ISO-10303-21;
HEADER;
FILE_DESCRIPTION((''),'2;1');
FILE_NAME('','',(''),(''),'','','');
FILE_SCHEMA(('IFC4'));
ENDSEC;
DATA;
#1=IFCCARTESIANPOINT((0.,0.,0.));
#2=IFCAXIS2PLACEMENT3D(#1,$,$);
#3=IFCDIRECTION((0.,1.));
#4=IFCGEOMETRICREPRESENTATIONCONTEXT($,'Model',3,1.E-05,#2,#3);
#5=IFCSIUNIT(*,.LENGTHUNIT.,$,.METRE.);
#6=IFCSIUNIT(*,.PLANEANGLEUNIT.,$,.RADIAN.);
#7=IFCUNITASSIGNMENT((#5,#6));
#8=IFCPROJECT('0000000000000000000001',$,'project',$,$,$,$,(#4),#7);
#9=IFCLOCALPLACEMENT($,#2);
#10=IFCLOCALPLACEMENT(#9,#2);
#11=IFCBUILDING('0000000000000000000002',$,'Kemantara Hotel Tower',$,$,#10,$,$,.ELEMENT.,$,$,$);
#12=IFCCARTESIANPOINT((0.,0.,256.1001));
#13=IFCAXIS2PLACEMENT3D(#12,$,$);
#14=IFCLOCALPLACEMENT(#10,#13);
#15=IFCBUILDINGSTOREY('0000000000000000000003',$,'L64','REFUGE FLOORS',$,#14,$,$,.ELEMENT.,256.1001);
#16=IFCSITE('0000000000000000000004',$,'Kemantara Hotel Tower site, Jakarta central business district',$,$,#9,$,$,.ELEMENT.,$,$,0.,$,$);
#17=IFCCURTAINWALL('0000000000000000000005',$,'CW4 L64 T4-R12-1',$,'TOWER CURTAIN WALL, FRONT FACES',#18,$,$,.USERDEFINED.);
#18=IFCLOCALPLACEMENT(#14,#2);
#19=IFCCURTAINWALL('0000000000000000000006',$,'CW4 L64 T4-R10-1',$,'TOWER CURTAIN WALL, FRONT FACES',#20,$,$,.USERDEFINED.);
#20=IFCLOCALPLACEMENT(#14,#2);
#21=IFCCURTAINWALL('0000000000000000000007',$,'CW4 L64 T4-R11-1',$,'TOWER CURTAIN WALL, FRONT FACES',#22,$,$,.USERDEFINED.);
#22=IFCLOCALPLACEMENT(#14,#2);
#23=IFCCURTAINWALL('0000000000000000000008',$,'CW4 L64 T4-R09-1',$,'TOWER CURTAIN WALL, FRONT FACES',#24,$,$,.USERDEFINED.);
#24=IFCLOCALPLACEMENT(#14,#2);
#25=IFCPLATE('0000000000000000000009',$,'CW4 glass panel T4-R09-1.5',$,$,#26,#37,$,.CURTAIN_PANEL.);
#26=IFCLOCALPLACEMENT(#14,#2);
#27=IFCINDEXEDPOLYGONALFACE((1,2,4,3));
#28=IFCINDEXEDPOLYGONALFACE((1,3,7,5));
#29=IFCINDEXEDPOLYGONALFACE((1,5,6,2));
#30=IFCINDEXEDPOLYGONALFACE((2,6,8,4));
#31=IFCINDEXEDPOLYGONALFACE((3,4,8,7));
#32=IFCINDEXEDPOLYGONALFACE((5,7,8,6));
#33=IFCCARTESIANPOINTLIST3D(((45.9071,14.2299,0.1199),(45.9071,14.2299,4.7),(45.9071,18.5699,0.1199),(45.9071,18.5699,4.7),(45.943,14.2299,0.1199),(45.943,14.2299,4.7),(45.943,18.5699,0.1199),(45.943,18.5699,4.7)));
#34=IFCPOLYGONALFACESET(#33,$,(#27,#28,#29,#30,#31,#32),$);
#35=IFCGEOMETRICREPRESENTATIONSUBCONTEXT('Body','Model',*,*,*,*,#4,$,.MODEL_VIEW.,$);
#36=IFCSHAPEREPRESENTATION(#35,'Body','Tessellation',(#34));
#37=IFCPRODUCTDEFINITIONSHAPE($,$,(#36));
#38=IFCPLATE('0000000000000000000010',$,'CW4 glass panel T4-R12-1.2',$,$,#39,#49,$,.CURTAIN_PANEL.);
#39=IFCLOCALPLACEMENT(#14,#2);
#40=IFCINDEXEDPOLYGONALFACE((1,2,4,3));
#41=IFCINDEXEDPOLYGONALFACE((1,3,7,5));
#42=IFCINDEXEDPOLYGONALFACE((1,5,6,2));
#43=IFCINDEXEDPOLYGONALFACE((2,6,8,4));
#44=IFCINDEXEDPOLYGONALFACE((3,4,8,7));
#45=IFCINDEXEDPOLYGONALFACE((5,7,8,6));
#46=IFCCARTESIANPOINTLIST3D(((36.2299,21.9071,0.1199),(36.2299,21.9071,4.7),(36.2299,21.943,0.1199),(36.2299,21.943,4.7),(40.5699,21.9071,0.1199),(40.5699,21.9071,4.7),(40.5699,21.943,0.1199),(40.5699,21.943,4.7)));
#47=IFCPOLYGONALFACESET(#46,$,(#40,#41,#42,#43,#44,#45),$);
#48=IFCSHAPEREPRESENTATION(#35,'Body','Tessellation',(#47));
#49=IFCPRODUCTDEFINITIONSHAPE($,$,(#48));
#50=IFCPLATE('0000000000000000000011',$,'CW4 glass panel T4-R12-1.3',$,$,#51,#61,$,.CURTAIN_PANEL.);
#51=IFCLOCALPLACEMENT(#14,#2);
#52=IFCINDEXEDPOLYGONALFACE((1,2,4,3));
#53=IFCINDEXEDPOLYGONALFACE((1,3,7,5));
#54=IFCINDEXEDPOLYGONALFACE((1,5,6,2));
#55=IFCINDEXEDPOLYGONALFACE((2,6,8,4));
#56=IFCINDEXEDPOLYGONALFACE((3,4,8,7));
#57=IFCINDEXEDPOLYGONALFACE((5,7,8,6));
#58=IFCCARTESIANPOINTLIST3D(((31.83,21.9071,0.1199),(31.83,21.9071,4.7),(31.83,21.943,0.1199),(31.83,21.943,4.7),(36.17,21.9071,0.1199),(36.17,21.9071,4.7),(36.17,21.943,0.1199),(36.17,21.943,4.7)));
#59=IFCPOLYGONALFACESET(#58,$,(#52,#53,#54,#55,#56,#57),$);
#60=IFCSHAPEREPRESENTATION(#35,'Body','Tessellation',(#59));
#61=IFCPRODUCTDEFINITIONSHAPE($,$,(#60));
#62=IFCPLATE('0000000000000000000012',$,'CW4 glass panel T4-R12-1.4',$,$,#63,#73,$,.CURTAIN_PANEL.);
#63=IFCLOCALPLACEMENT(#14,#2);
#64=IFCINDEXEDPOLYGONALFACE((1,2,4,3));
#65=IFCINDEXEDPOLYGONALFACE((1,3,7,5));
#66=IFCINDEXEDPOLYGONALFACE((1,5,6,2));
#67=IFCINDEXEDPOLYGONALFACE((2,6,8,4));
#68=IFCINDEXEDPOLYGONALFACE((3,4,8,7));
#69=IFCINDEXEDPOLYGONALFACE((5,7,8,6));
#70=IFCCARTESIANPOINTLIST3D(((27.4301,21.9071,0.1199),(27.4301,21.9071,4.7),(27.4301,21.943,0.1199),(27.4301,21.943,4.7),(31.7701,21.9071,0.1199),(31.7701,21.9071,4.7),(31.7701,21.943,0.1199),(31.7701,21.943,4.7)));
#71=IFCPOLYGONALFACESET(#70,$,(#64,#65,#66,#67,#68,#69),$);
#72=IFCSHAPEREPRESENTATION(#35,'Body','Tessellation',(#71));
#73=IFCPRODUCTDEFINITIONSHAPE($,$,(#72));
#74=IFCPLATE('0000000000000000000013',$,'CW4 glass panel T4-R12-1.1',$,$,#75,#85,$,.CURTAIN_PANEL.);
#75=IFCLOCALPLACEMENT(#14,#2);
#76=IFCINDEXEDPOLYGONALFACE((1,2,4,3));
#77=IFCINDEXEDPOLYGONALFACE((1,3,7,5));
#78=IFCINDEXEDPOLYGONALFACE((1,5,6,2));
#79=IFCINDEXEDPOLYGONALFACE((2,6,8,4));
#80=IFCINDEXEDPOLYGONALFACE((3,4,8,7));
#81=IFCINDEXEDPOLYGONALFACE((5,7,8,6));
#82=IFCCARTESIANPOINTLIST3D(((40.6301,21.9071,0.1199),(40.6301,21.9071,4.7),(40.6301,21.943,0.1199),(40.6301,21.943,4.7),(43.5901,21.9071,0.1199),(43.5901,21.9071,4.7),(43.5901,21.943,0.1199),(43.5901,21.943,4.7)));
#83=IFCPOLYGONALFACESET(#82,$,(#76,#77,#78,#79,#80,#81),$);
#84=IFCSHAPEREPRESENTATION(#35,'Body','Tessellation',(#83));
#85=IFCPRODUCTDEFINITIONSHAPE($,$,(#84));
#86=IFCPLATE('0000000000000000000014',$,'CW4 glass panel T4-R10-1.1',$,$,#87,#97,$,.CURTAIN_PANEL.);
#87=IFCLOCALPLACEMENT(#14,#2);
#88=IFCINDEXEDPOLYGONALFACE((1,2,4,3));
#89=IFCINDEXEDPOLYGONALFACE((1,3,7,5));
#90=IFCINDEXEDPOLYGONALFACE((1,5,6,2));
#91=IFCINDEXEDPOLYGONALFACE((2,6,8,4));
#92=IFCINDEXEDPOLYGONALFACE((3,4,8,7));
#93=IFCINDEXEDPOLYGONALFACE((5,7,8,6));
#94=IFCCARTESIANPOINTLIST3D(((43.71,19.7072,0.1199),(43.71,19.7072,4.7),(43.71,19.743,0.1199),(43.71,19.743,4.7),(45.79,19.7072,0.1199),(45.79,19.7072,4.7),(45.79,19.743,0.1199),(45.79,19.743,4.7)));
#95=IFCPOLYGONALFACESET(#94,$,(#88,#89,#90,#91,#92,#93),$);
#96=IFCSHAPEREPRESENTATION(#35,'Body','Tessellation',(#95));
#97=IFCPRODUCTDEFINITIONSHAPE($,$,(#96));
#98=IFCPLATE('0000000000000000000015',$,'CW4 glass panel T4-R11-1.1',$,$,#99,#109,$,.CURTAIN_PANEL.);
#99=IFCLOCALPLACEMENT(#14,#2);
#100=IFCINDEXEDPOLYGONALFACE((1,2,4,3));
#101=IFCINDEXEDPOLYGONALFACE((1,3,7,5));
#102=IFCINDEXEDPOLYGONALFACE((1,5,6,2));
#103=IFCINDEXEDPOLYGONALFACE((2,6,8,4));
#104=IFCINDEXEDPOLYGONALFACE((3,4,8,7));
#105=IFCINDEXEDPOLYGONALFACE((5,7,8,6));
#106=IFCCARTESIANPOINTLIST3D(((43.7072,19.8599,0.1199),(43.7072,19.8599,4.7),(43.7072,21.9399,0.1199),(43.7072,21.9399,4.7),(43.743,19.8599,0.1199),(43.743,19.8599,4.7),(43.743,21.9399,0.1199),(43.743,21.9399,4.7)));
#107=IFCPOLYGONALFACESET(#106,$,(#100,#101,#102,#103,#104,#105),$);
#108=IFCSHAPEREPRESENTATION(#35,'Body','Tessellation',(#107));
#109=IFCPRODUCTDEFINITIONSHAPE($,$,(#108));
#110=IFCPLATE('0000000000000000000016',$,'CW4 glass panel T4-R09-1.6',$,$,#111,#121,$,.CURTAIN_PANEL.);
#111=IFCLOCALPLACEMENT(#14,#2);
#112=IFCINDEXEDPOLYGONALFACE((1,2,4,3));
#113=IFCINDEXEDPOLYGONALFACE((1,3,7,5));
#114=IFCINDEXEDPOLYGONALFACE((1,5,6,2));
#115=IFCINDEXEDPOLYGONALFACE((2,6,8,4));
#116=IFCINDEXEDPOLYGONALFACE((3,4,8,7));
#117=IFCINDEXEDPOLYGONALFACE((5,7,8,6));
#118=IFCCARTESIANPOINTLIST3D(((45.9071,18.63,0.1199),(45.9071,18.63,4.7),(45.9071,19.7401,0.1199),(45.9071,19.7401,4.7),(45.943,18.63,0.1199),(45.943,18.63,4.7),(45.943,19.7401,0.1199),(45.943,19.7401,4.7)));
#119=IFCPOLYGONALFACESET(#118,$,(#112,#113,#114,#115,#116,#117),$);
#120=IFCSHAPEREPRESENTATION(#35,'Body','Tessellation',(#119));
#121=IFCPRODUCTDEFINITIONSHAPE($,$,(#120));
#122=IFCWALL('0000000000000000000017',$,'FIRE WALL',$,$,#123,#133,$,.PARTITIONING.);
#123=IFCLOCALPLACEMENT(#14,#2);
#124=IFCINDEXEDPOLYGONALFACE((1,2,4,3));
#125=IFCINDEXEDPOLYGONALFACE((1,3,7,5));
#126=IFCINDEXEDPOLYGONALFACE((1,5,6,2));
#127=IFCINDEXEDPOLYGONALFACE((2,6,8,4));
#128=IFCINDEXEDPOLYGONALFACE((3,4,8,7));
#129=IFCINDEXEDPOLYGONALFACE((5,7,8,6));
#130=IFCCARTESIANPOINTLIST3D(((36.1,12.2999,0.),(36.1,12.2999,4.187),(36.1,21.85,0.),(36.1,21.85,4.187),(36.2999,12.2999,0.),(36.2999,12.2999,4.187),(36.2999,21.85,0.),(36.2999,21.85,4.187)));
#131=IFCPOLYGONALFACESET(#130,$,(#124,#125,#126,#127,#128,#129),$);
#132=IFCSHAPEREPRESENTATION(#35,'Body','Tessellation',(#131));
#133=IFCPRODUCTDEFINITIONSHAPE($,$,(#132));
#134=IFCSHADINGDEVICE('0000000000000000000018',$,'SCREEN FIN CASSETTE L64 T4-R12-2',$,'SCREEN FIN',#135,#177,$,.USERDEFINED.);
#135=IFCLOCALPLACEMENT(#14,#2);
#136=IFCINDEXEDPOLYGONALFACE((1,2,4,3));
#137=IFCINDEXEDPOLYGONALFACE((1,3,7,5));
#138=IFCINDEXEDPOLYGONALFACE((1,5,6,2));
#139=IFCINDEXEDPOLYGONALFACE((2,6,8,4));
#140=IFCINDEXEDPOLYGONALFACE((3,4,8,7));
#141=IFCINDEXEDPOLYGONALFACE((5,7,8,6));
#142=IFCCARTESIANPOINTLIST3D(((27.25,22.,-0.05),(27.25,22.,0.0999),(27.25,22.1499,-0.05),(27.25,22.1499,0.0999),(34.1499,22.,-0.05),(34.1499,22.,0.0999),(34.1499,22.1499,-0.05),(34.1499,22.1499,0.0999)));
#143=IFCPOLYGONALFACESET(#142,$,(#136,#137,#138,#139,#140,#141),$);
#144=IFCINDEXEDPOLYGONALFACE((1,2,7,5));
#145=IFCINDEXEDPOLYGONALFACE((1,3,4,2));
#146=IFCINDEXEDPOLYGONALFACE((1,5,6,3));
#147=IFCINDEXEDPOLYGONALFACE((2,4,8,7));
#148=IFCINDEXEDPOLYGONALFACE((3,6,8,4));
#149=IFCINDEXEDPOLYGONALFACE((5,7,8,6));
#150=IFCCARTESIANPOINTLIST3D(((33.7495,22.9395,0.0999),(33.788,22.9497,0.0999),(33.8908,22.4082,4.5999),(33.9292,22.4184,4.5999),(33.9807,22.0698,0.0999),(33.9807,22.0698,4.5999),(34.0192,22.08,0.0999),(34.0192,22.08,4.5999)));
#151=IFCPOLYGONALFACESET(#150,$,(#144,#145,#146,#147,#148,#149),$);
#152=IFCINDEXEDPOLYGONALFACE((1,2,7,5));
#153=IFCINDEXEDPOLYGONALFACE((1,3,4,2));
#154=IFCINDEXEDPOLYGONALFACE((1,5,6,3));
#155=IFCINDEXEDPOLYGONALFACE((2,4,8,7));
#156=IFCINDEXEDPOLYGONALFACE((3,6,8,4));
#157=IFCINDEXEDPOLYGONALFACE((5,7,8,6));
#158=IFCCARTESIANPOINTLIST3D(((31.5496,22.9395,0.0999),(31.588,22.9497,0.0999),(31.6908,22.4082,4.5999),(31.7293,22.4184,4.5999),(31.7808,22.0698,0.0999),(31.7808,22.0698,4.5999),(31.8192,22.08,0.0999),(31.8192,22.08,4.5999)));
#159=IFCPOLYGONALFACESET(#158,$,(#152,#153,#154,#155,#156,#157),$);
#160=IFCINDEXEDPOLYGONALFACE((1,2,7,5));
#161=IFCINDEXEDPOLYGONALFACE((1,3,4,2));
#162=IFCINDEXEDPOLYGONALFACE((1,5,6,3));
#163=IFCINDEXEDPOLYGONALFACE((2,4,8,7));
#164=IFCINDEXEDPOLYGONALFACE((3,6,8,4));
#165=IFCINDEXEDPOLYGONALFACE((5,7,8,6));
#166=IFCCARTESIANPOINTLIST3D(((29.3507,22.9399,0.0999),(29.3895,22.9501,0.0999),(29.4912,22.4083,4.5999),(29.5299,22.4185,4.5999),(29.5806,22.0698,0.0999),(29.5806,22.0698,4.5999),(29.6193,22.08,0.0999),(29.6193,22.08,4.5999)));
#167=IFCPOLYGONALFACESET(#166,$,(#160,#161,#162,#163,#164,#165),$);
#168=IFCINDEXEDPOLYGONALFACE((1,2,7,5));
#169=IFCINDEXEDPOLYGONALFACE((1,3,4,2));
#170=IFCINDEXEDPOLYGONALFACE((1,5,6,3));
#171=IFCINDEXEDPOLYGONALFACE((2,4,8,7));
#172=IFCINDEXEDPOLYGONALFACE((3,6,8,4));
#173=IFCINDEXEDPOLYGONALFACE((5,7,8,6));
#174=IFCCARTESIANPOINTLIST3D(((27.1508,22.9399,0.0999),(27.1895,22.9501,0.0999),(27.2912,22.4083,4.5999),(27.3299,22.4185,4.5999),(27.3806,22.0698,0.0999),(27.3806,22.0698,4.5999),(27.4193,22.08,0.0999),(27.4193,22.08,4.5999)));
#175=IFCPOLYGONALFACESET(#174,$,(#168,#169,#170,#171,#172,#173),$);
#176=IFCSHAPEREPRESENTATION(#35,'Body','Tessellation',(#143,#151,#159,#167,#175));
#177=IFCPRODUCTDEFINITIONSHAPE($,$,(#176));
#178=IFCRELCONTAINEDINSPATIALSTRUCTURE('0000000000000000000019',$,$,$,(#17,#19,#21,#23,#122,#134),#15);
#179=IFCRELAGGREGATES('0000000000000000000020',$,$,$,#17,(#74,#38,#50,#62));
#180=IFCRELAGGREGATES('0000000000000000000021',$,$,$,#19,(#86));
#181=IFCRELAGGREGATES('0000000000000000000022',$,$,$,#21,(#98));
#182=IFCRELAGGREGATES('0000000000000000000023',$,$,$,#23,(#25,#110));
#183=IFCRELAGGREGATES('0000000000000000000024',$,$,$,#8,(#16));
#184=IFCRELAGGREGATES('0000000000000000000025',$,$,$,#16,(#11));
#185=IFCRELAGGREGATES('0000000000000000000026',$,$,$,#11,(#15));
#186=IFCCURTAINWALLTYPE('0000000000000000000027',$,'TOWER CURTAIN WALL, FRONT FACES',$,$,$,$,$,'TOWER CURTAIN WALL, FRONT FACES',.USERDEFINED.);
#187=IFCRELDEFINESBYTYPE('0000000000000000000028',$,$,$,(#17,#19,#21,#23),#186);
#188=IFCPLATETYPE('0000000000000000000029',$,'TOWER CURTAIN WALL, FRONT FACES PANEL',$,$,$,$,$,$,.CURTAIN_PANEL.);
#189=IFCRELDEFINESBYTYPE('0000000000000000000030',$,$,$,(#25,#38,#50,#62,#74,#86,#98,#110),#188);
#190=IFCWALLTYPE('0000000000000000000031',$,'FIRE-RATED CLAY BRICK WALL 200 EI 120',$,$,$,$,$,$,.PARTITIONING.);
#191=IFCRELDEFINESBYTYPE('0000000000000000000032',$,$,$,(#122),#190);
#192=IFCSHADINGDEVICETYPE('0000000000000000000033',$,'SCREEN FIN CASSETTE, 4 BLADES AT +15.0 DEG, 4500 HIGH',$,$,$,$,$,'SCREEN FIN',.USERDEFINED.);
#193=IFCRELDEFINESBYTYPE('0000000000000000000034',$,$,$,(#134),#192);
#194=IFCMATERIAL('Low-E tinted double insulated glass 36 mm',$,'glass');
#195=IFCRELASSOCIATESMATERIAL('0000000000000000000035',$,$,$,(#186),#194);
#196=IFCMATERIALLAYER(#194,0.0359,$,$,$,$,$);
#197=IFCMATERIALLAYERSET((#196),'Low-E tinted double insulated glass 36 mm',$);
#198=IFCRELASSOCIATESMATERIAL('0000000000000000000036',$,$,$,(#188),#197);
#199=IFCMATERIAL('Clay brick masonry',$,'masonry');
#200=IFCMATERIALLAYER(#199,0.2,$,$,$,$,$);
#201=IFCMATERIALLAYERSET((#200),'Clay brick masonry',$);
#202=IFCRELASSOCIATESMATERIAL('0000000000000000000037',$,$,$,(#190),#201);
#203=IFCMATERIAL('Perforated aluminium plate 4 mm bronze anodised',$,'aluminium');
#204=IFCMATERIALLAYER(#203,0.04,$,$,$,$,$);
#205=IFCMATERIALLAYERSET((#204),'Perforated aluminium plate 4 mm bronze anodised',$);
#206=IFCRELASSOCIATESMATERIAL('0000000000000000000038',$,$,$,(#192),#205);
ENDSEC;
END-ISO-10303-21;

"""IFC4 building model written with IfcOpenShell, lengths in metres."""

from ifc_helpers import new_model, si_unit, direction, frame, frame_2d, origin, origin_2d, place, context, subcontext, project, spatial, polyline, rectangle, outline, extrude, source, transform, mapped, material, layer, layer_set, type_object, element, aggregate, save


model = new_model("IFC4")

# Units and contexts
model_context = context("Model", 3, precision=1e-05, world=origin(), true_north=direction((0.0, 1.0)))
body_context = subcontext(model_context, "Body", "Model", "MODEL_VIEW")
ifc_project = project(units=[si_unit("LENGTHUNIT", "METRE"), si_unit("PLANEANGLEUNIT", "RADIAN")], contexts=[model_context])

# Site, building, storey
site_placement = place(None, origin())
site = spatial("IfcSite", under=ifc_project, at=site_placement, Name="Kemantara Hotel Tower site, Jakarta central business district", CompositionType="ELEMENT", RefElevation=0.0)
building_placement = place(site_placement, origin())
building = spatial("IfcBuilding", under=site, at=building_placement, Name="Kemantara Hotel Tower", CompositionType="ELEMENT")
storey_placement = place(building_placement, frame((0.0, 0.0, 256.1001)))
storey = spatial("IfcBuildingStorey", under=building, at=storey_placement, Name="L64", Description="REFUGE FLOORS", CompositionType="ELEMENT", Elevation=256.1001)

# Curtain walls
ifc_material_1 = material(Name="Low-E tinted double insulated glass 36 mm", Category="glass")
curtain_wall_type = type_object("IfcCurtainWallType", Name="TOWER CURTAIN WALL, FRONT FACES", ElementType="TOWER CURTAIN WALL, FRONT FACES", PredefinedType="USERDEFINED", material=ifc_material_1)
curtain_wall_1_placement = place(storey_placement, origin())
curtain_wall_1 = element("IfcCurtainWall", 1, at=curtain_wall_1_placement, inside=storey, type_object=curtain_wall_type, Name="CW4 L64 T4-R12-1", ObjectType="TOWER CURTAIN WALL, FRONT FACES", PredefinedType="USERDEFINED")
curtain_wall_2_placement = place(storey_placement, origin())
curtain_wall_2 = element("IfcCurtainWall", 2, at=curtain_wall_2_placement, inside=storey, type_object=curtain_wall_type, Name="CW4 L64 T4-R10-1", ObjectType="TOWER CURTAIN WALL, FRONT FACES", PredefinedType="USERDEFINED")
curtain_wall_3_placement = place(storey_placement, origin())
curtain_wall_3 = element("IfcCurtainWall", 3, at=curtain_wall_3_placement, inside=storey, type_object=curtain_wall_type, Name="CW4 L64 T4-R11-1", ObjectType="TOWER CURTAIN WALL, FRONT FACES", PredefinedType="USERDEFINED")

# Curtain wall
curtain_wall_4_placement = place(storey_placement, origin())
curtain_wall_4 = element("IfcCurtainWall", 4, at=curtain_wall_4_placement, inside=storey, type_object=curtain_wall_type, Name="CW4 L64 T4-R09-1", ObjectType="TOWER CURTAIN WALL, FRONT FACES", PredefinedType="USERDEFINED")

# Plates
ifc_layer_1 = layer(ifc_material_1, 0.0359)
ifc_layer_set_1 = layer_set([ifc_layer_1], Name="Low-E tinted double insulated glass 36 mm")
plate_type = type_object("IfcPlateType", Name="TOWER CURTAIN WALL, FRONT FACES PANEL", PredefinedType="CURTAIN_PANEL", material=ifc_layer_set_1)
shared_shape_1 = source(origin(), body_context, "Body", "SweptSolid", [
    extrude(rectangle(XDim=4.3401, YDim=0.0359, at=origin_2d()), origin(), (0.0, 0.0, 1.0), 4.5801),
])
plate_1_placement = place(storey_placement, frame((45.925, 16.3999, 0.1199), z_axis=(0.0, 0.0, 1.0), x_axis=(0.0, 1.0, 0.0)))
plate_1 = element("IfcPlate", 5, at=plate_1_placement, type_object=plate_type, Name="CW4 glass panel T4-R09-1.5", PredefinedType="CURTAIN_PANEL", context=body_context, shape_type="MappedRepresentation", body=[
    mapped(shared_shape_1, transform((0.0, 0.0, 0.0))),
])
plate_2_placement = place(storey_placement, frame((38.3999, 21.925, 0.1199), z_axis=(0.0, 0.0, 1.0), x_axis=(-1.0, 0.0, 0.0)))
plate_2 = element("IfcPlate", 6, at=plate_2_placement, type_object=plate_type, Name="CW4 glass panel T4-R12-1.2", PredefinedType="CURTAIN_PANEL", context=body_context, shape_type="MappedRepresentation", body=[
    mapped(shared_shape_1, transform((0.0, 0.0, 0.0))),
])
plate_3_placement = place(storey_placement, frame((34.0, 21.925, 0.1199), z_axis=(0.0, 0.0, 1.0), x_axis=(-1.0, 0.0, 0.0)))
plate_3 = element("IfcPlate", 7, at=plate_3_placement, type_object=plate_type, Name="CW4 glass panel T4-R12-1.3", PredefinedType="CURTAIN_PANEL", context=body_context, shape_type="MappedRepresentation", body=[
    mapped(shared_shape_1, transform((0.0, 0.0, 0.0))),
])
plate_4_placement = place(storey_placement, frame((29.6001, 21.925, 0.1199), z_axis=(0.0, 0.0, 1.0), x_axis=(-1.0, 0.0, 0.0)))
plate_4 = element("IfcPlate", 8, at=plate_4_placement, type_object=plate_type, Name="CW4 glass panel T4-R12-1.4", PredefinedType="CURTAIN_PANEL", context=body_context, shape_type="MappedRepresentation", body=[
    mapped(shared_shape_1, transform((0.0, 0.0, 0.0))),
])
shared_shape_2 = source(origin(), body_context, "Body", "SweptSolid", [
    extrude(rectangle(XDim=2.96, YDim=0.0359, at=origin_2d()), origin(), (0.0, 0.0, 1.0), 4.5801),
])
plate_5_placement = place(storey_placement, frame((42.1101, 21.925, 0.1199), z_axis=(0.0, 0.0, 1.0), x_axis=(-1.0, 0.0, 0.0)))
plate_5 = element("IfcPlate", 9, at=plate_5_placement, type_object=plate_type, Name="CW4 glass panel T4-R12-1.1", PredefinedType="CURTAIN_PANEL", context=body_context, shape_type="MappedRepresentation", body=[
    mapped(shared_shape_2, transform((0.0, 0.0, 0.0))),
])
aggregate(curtain_wall_1, [plate_5, plate_2, plate_3, plate_4])
shared_shape_3 = source(origin(), body_context, "Body", "SweptSolid", [
    extrude(rectangle(XDim=2.0801, YDim=0.0359, at=origin_2d()), origin(), (0.0, 0.0, 1.0), 4.5801),
])
plate_6_placement = place(storey_placement, frame((44.75, 19.7251, 0.1199), z_axis=(0.0, 0.0, 1.0), x_axis=(-1.0, 0.0, 0.0)))
plate_6 = element("IfcPlate", 10, at=plate_6_placement, type_object=plate_type, Name="CW4 glass panel T4-R10-1.1", PredefinedType="CURTAIN_PANEL", context=body_context, shape_type="MappedRepresentation", body=[
    mapped(shared_shape_3, transform((0.0, 0.0, 0.0))),
])
aggregate(curtain_wall_2, [plate_6])
plate_7_placement = place(storey_placement, frame((43.7251, 20.8999, 0.1199), z_axis=(0.0, 0.0, 1.0), x_axis=(0.0, 1.0, 0.0)))
plate_7 = element("IfcPlate", 11, at=plate_7_placement, type_object=plate_type, Name="CW4 glass panel T4-R11-1.1", PredefinedType="CURTAIN_PANEL", context=body_context, shape_type="MappedRepresentation", body=[
    mapped(shared_shape_3, transform((0.0, 0.0, 0.0))),
])
aggregate(curtain_wall_3, [plate_7])
shared_shape_4 = source(origin(), body_context, "Body", "SweptSolid", [
    extrude(rectangle(XDim=1.1101, YDim=0.0359, at=origin_2d()), origin(), (0.0, 0.0, 1.0), 4.5801),
])
plate_8_placement = place(storey_placement, frame((45.925, 19.1851, 0.1199), z_axis=(0.0, 0.0, 1.0), x_axis=(0.0, 1.0, 0.0)))
plate_8 = element("IfcPlate", 12, at=plate_8_placement, type_object=plate_type, Name="CW4 glass panel T4-R09-1.6", PredefinedType="CURTAIN_PANEL", context=body_context, shape_type="MappedRepresentation", body=[
    mapped(shared_shape_4, transform((0.0, 0.0, 0.0))),
])
aggregate(curtain_wall_4, [plate_1, plate_8])

# Wall
ifc_material_2 = material(Name="Clay brick masonry", Category="masonry")
ifc_layer_2 = layer(ifc_material_2, 0.2)
ifc_layer_set_2 = layer_set([ifc_layer_2], Name="Clay brick masonry")
wall_type = type_object("IfcWallType", Name="FIRE-RATED CLAY BRICK WALL 200 EI 120", PredefinedType="PARTITIONING", material=ifc_layer_set_2)
wall_placement = place(storey_placement, frame((36.2, 12.3, 0.0), z_axis=(0.0, 0.0, 1.0), x_axis=(0.0, 1.0, 0.0)))
element("IfcWall", 13, at=wall_placement, inside=storey, type_object=wall_type, Name="FIRE WALL", PredefinedType="PARTITIONING", context=body_context, shape_type="SweptSolid", body=[
    extrude(rectangle(XDim=9.55, YDim=0.2, at=frame_2d((4.7749, 0.0))), origin(), (0.0, 0.0, 1.0), 4.187),
])

# Shading device
ifc_material_3 = material(Name="Perforated aluminium plate 4 mm bronze anodised", Category="aluminium")
ifc_layer_3 = layer(ifc_material_3, 0.04)
ifc_layer_set_3 = layer_set([ifc_layer_3], Name="Perforated aluminium plate 4 mm bronze anodised")
shading_device_type_1 = type_object("IfcShadingDeviceType", Name="SCREEN FIN CASSETTE, 4 BLADES AT +15.0 DEG, 4500 HIGH", ElementType="SCREEN FIN", PredefinedType="USERDEFINED", material=ifc_layer_set_3)
shared_shape_5 = source(origin(), body_context, "Body", "SweptSolid", [
    extrude(rectangle(XDim=6.8999, YDim=0.1499, at=origin_2d()), frame((3.3, -0.075, -0.1499), z_axis=(0.0, 0.0, 1.0), x_axis=(1.0, 0.0, 0.0)), (0.0, 0.0, 1.0), 0.1499),
    extrude(outline(polyline([(0.0, 0.0), (0.8999, 0.0), (0.3501, 4.5), (0.0, 4.5), (0.0, 0.0)])), frame((0.0193, -0.0698, 0.0), z_axis=(-0.966438, -0.256901, 0.0), x_axis=(0.256901, -0.966438, 0.0)), (0.0, 0.0, 1.0), 0.0398),
    extrude(outline(polyline([(0.0, 0.0), (0.8999, 0.0), (0.3501, 4.5), (0.0, 4.5), (0.0, 0.0)])), frame((2.2192, -0.0698, 0.0), z_axis=(-0.966438, -0.256901, 0.0), x_axis=(0.256901, -0.966438, 0.0)), (0.0, 0.0, 1.0), 0.0398),
    extrude(outline(polyline([(0.0, 0.0), (0.8999, 0.0), (0.3501, 4.5), (0.0, 4.5), (0.0, 0.0)])), frame((4.4194, -0.0698, 0.0), z_axis=(-0.966838, -0.255391, 0.0), x_axis=(0.255391, -0.966838, 0.0)), (0.0, 0.0, 1.0), 0.04),
    extrude(outline(polyline([(0.0, 0.0), (0.8999, 0.0), (0.3501, 4.5), (0.0, 4.5), (0.0, 0.0)])), frame((6.6194, -0.0698, 0.0), z_axis=(-0.966838, -0.255391, 0.0), x_axis=(0.255391, -0.966838, 0.0)), (0.0, 0.0, 1.0), 0.04),
])
shading_device_1_placement = place(storey_placement, frame((34.0, 22.0, 0.0999), z_axis=(0.0, 0.0, 1.0), x_axis=(-1.0, 0.0, 0.0)))
element("IfcShadingDevice", 14, at=shading_device_1_placement, inside=storey, type_object=shading_device_type_1, Name="SCREEN FIN CASSETTE L64 T4-R12-2", ObjectType="SCREEN FIN", PredefinedType="USERDEFINED", context=body_context, shape_type="MappedRepresentation", body=[
    mapped(shared_shape_5, transform((0.0, 0.0, 0.0))),
])

save(model, "model.ifc")
